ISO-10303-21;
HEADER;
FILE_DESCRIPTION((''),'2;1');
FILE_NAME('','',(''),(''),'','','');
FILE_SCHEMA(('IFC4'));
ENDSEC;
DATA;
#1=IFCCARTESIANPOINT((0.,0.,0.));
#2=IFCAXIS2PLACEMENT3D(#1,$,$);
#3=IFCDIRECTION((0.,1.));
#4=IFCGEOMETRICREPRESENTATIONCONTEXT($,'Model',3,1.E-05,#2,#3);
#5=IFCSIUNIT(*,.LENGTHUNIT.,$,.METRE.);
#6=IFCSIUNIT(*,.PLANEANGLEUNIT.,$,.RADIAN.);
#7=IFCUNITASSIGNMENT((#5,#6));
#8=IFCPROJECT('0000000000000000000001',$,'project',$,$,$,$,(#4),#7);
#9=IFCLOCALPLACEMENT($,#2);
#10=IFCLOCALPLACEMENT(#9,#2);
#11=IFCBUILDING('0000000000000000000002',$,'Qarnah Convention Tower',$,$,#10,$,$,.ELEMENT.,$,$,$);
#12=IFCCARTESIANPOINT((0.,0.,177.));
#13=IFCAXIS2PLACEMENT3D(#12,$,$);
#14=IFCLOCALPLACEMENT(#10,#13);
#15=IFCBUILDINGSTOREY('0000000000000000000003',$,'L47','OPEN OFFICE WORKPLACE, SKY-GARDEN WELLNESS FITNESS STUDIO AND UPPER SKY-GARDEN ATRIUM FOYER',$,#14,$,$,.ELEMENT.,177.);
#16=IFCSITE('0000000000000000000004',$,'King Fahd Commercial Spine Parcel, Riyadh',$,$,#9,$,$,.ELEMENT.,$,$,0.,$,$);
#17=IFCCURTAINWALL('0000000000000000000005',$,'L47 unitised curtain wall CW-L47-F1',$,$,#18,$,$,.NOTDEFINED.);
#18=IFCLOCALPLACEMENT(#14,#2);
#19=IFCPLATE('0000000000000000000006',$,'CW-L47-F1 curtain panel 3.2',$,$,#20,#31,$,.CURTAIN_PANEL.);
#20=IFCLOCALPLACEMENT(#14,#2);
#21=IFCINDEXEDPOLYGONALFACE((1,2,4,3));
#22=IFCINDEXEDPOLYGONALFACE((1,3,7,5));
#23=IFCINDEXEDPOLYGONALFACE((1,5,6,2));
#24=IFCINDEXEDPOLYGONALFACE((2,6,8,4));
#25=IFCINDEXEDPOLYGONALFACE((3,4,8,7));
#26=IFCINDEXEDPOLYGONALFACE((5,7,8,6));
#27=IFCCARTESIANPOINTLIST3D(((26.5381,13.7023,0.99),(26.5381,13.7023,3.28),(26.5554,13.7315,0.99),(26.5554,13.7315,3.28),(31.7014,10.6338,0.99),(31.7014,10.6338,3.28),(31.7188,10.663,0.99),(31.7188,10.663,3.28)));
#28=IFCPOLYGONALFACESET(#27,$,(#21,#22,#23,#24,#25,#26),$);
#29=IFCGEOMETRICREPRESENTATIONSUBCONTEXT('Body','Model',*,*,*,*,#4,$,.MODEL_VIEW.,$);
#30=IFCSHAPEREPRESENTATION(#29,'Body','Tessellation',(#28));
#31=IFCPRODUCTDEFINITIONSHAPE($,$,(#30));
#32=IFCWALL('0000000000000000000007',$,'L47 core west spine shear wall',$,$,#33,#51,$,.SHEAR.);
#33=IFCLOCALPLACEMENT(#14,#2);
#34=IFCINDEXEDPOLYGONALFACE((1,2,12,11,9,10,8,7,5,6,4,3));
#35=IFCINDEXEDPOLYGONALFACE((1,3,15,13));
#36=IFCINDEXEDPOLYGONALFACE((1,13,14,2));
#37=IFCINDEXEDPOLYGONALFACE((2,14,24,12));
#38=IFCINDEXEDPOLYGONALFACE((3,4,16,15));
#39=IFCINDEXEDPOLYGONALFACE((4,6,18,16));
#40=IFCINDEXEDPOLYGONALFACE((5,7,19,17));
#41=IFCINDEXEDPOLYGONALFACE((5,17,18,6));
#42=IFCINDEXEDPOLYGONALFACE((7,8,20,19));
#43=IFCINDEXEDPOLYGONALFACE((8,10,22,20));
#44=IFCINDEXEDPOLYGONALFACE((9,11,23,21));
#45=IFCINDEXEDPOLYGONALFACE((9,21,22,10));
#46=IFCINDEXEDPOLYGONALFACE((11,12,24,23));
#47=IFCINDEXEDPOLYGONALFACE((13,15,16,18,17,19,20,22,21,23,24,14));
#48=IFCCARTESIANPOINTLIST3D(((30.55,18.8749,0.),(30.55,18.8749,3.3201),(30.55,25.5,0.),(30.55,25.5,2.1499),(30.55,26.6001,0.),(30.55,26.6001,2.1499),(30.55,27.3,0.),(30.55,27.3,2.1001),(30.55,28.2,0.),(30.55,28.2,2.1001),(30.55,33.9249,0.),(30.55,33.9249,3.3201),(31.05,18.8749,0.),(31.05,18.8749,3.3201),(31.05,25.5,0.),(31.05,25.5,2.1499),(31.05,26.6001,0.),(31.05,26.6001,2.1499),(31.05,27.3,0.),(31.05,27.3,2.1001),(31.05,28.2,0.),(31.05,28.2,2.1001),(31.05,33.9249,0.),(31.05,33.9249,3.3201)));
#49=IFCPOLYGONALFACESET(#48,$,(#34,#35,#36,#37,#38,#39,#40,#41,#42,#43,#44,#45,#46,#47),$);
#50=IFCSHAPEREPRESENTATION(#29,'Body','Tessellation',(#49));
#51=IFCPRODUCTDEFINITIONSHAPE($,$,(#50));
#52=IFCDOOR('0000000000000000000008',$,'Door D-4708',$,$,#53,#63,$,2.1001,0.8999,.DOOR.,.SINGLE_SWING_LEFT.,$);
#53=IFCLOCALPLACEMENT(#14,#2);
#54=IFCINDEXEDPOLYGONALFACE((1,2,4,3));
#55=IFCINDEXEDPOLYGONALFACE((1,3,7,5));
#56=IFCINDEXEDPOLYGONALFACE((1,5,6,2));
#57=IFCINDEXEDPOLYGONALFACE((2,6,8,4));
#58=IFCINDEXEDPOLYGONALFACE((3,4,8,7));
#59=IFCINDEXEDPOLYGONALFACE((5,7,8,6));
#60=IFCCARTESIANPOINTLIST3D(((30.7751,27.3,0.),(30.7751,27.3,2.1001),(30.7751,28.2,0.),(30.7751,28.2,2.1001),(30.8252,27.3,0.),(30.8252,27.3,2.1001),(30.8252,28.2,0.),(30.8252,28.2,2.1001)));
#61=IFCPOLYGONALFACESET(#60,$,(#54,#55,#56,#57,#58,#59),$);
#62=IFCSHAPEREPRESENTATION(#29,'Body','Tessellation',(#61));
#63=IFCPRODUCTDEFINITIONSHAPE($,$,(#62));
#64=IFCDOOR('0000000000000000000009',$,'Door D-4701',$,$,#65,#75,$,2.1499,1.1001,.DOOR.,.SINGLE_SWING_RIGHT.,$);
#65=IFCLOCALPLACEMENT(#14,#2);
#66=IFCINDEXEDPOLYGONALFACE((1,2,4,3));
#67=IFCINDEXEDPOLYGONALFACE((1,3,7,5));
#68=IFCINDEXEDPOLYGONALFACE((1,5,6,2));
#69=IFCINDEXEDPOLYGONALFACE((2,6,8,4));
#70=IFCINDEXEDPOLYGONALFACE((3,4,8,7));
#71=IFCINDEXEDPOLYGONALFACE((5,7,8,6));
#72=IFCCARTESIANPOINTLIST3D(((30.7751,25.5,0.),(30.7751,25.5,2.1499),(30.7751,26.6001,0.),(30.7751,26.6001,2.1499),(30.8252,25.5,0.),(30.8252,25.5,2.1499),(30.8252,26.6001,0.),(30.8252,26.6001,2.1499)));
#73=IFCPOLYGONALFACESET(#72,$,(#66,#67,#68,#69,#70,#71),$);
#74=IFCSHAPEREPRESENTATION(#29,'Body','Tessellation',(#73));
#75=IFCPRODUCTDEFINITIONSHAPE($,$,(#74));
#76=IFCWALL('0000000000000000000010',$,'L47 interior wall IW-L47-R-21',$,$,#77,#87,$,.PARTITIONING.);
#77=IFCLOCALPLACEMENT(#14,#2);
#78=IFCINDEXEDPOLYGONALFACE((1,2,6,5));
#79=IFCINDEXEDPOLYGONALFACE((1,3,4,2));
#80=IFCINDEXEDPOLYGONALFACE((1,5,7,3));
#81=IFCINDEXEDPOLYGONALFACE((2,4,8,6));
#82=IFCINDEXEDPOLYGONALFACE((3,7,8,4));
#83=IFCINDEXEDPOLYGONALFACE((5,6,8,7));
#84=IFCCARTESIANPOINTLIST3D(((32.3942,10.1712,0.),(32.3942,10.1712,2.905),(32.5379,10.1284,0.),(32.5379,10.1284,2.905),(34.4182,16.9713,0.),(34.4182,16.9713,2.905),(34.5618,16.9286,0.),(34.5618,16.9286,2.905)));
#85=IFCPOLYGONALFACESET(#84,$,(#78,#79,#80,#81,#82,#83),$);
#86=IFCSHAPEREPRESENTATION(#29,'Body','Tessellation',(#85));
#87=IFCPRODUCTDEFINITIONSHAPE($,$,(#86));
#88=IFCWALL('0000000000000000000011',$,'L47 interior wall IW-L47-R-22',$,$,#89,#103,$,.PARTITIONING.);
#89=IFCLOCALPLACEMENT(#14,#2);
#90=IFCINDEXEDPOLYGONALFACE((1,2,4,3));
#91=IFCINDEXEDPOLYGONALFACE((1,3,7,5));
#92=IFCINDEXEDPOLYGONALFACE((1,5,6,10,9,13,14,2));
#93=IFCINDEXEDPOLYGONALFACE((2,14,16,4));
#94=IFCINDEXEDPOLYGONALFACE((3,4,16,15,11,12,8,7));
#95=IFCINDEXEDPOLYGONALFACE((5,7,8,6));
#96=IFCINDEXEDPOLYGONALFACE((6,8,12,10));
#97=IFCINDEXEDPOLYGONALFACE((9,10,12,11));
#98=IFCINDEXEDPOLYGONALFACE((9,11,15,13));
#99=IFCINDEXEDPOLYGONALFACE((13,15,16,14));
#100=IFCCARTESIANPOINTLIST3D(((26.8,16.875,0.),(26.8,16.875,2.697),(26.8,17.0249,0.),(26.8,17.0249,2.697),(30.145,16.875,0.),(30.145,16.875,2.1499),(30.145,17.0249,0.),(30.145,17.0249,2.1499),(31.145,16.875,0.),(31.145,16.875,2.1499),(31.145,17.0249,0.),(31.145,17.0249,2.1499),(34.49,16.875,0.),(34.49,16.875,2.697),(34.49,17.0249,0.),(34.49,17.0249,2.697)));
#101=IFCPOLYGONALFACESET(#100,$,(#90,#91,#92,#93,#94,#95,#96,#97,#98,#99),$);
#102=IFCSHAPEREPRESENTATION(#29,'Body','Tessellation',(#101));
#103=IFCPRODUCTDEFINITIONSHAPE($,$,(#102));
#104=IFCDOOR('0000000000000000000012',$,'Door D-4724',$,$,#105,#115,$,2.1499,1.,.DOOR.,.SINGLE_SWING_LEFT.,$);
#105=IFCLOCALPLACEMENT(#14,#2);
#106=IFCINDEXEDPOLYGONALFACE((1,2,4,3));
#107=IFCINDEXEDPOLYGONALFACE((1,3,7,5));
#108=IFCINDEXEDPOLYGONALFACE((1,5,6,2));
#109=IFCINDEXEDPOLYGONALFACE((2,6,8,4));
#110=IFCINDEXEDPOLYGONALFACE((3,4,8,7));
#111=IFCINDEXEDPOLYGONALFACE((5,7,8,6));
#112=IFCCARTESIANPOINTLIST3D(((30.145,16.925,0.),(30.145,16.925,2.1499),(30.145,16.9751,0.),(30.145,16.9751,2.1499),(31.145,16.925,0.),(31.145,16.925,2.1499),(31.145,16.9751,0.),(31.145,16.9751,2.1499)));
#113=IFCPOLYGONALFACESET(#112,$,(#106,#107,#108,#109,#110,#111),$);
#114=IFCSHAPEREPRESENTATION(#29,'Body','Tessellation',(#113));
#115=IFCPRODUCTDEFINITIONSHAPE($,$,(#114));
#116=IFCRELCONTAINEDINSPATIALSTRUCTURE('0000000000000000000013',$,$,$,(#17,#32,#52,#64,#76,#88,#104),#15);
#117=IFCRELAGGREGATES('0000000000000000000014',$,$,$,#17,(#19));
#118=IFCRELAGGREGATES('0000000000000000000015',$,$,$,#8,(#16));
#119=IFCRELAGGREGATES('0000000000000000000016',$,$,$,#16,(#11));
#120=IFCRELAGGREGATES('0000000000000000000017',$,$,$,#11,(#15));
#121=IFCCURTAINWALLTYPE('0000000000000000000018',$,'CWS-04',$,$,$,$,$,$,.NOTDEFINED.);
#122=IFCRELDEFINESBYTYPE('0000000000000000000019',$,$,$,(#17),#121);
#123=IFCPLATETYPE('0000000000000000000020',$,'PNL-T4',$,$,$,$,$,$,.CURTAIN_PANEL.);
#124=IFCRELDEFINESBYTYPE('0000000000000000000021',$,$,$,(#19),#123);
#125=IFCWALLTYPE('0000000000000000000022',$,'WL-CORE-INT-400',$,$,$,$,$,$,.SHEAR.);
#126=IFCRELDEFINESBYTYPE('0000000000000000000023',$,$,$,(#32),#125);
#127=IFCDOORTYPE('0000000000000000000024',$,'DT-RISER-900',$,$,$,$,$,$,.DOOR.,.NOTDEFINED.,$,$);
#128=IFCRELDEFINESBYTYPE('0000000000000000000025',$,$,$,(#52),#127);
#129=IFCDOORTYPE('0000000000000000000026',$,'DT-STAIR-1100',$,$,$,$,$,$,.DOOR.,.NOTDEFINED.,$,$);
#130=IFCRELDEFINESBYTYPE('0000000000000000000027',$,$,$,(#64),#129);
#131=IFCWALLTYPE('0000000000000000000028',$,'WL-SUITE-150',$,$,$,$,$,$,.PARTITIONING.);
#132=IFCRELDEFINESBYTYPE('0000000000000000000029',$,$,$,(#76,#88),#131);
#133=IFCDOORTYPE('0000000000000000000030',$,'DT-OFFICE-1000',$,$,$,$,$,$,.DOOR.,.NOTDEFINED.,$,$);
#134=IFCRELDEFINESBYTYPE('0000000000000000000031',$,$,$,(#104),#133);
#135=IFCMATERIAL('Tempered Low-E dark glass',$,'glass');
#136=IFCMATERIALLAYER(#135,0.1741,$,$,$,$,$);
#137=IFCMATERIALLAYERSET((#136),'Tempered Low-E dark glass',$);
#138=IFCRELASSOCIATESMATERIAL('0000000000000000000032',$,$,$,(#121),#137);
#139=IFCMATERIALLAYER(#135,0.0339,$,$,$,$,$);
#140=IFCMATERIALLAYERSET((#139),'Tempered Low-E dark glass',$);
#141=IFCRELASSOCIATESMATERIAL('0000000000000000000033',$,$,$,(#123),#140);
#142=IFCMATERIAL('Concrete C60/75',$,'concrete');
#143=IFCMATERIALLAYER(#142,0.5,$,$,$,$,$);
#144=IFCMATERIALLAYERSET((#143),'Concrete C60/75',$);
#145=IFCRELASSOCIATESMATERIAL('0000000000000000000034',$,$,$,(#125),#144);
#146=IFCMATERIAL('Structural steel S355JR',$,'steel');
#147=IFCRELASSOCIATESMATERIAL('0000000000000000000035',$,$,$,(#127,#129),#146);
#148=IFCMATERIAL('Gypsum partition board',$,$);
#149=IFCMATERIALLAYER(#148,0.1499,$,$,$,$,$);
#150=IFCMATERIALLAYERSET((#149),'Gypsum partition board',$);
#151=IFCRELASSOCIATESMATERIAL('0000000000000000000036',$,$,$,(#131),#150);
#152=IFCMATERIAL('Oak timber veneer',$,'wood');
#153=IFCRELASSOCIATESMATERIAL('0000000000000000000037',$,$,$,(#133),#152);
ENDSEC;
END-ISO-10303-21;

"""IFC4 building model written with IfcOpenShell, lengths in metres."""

from ifc_helpers import new_model, si_unit, direction, frame, frame_2d, origin, origin_2d, place, context, subcontext, project, spatial, rectangle, extrude, material, layer, layer_set, type_object, element, fill, aggregate, save


model = new_model("IFC4")

# Units and contexts
model_context = context("Model", 3, precision=1e-05, world=origin(), true_north=direction((0.0, 1.0)))
body_context = subcontext(model_context, "Body", "Model", "MODEL_VIEW")
ifc_project = project(units=[si_unit("LENGTHUNIT", "METRE"), si_unit("PLANEANGLEUNIT", "RADIAN")], contexts=[model_context])

# Site, building, storey
site_placement = place(None, origin())
site = spatial("IfcSite", under=ifc_project, at=site_placement, Name="King Fahd Commercial Spine Parcel, Riyadh", CompositionType="ELEMENT", RefElevation=0.0)
building_placement = place(site_placement, origin())
building = spatial("IfcBuilding", under=site, at=building_placement, Name="Qarnah Convention Tower", CompositionType="ELEMENT")
storey_placement = place(building_placement, frame((0.0, 0.0, 177.0)))
storey = spatial("IfcBuildingStorey", under=building, at=storey_placement, Name="L47", Description="OPEN OFFICE WORKPLACE, SKY-GARDEN WELLNESS FITNESS STUDIO AND UPPER SKY-GARDEN ATRIUM FOYER", CompositionType="ELEMENT", Elevation=177.0)

# Shared definitions
ifc_material_1 = material(Name="Structural steel S355JR", Category="steel")

# Curtain wall, plate
ifc_material_2 = material(Name="Tempered Low-E dark glass", Category="glass")
ifc_layer_1 = layer(ifc_material_2, 0.1741)
ifc_layer_set_1 = layer_set([ifc_layer_1], Name="Tempered Low-E dark glass")
curtain_wall_type = type_object("IfcCurtainWallType", Name="CWS-04", PredefinedType="NOTDEFINED", material=ifc_layer_set_1)
curtain_wall_placement = place(storey_placement, origin())
curtain_wall = element("IfcCurtainWall", 1, at=curtain_wall_placement, inside=storey, type_object=curtain_wall_type, Name="L47 unitised curtain wall CW-L47-F1", PredefinedType="NOTDEFINED")
ifc_layer_2 = layer(ifc_material_2, 0.0339)
ifc_layer_set_2 = layer_set([ifc_layer_2], Name="Tempered Low-E dark glass")
plate_type = type_object("IfcPlateType", Name="PNL-T4", PredefinedType="CURTAIN_PANEL", material=ifc_layer_set_2)
plate_1_placement = place(storey_placement, frame((29.1284, 12.1826, 0.99), z_axis=(0.0, 0.0, 1.0), x_axis=(-0.859654, 0.510877, 0.0)))
plate_1 = element("IfcPlate", 2, at=plate_1_placement, type_object=plate_type, Name="CW-L47-F1 curtain panel 3.2", PredefinedType="CURTAIN_PANEL", context=body_context, shape_type="SweptSolid", body=[
    extrude(rectangle(XDim=6.0063, YDim=0.0339, at=origin_2d()), origin(), (0.0, 0.0, 1.0), 2.29),
])
aggregate(curtain_wall, [plate_1])

# Wall, openings, doors
ifc_material_3 = material(Name="Concrete C60/75", Category="concrete")
ifc_layer_3 = layer(ifc_material_3, 0.5)
ifc_layer_set_3 = layer_set([ifc_layer_3], Name="Concrete C60/75")
wall_type_1 = type_object("IfcWallType", Name="WL-CORE-INT-400", PredefinedType="SHEAR", material=ifc_layer_set_3)
wall_1_placement = place(storey_placement, frame((30.8, 18.875, 0.0), z_axis=(0.0, 0.0, 1.0), x_axis=(0.0, 1.0, 0.0)))
wall_1 = element("IfcWall", 3, at=wall_1_placement, inside=storey, type_object=wall_type_1, Name="L47 core west spine shear wall", PredefinedType="SHEAR", context=body_context, shape_type="SweptSolid", body=[
    extrude(rectangle(XDim=15.05, YDim=0.5, at=frame_2d((7.5249, 0.0))), origin(), (0.0, 0.0, 1.0), 3.3201),
])
opening_1_placement = place(wall_1_placement, frame((6.625, 0.0, 0.0)))
opening_1 = element("IfcOpeningElement", 4, at=opening_1_placement, cuts=wall_1, PredefinedType="OPENING", context=body_context, shape_type="SweptSolid", body=[
    extrude(rectangle(XDim=1.1001, YDim=2.1499, at=frame_2d((0.55, 1.075))), frame((0.0, 0.26, 0.0), z_axis=(0.0, -1.0, 0.0), x_axis=(1.0, 0.0, 0.0)), (0.0, 0.0, 1.0), 0.52),
])
opening_2_placement = place(wall_1_placement, frame((8.425, 0.0, 0.0)))
opening_2 = element("IfcOpeningElement", 5, at=opening_2_placement, cuts=wall_1, PredefinedType="OPENING", context=body_context, shape_type="SweptSolid", body=[
    extrude(rectangle(XDim=0.8999, YDim=2.1001, at=frame_2d((0.45, 1.05))), frame((0.0, 0.26, 0.0), z_axis=(0.0, -1.0, 0.0), x_axis=(1.0, 0.0, 0.0)), (0.0, 0.0, 1.0), 0.52),
])
door_type_1 = type_object("IfcDoorType", Name="DT-RISER-900", OperationType="NOTDEFINED", PredefinedType="DOOR", material=ifc_material_1)
door_1_placement = place(opening_2_placement, origin())
door_1 = element("IfcDoor", 6, at=door_1_placement, inside=storey, type_object=door_type_1, Name="Door D-4708", OperationType="SINGLE_SWING_LEFT", OverallHeight=2.1001, OverallWidth=0.8999, PredefinedType="DOOR", context=body_context, shape_type="SweptSolid", body=[
    extrude(rectangle(XDim=0.8999, YDim=2.1001, at=frame_2d((0.45, 1.05))), frame((0.0, 0.0249, 0.0), z_axis=(0.0, -1.0, 0.0), x_axis=(1.0, 0.0, 0.0)), (0.0, 0.0, 1.0), 0.05),
])
fill(opening_2, door_1)
door_type_2 = type_object("IfcDoorType", Name="DT-STAIR-1100", OperationType="NOTDEFINED", PredefinedType="DOOR", material=ifc_material_1)
door_2_placement = place(opening_1_placement, origin())
door_2 = element("IfcDoor", 7, at=door_2_placement, inside=storey, type_object=door_type_2, Name="Door D-4701", OperationType="SINGLE_SWING_RIGHT", OverallHeight=2.1499, OverallWidth=1.1001, PredefinedType="DOOR", context=body_context, shape_type="SweptSolid", body=[
    extrude(rectangle(XDim=1.1001, YDim=2.1499, at=frame_2d((0.55, 1.075))), frame((0.0, 0.0249, 0.0), z_axis=(0.0, -1.0, 0.0), x_axis=(1.0, 0.0, 0.0)), (0.0, 0.0, 1.0), 0.05),
])
fill(opening_1, door_2)

# Wall
ifc_material_4 = material(Name="Gypsum partition board")
ifc_layer_4 = layer(ifc_material_4, 0.1499)
ifc_layer_set_4 = layer_set([ifc_layer_4], Name="Gypsum partition board")
wall_type_2 = type_object("IfcWallType", Name="WL-SUITE-150", PredefinedType="PARTITIONING", material=ifc_layer_set_4)
wall_2_placement = place(storey_placement, frame((32.4661, 10.1499, 0.0), z_axis=(0.0, 0.0, 1.0), x_axis=(0.285267, 0.958448, 0.0)))
element("IfcWall", 8, at=wall_2_placement, inside=storey, type_object=wall_type_2, Name="L47 interior wall IW-L47-R-21", PredefinedType="PARTITIONING", context=body_context, shape_type="SweptSolid", body=[
    extrude(rectangle(XDim=7.095, YDim=0.1499, at=frame_2d((3.5474, 0.0))), origin(), (0.0, 0.0, 1.0), 2.905),
])

# Wall, opening, door
wall_3_placement = place(storey_placement, frame((34.49, 16.95, 0.0), z_axis=(0.0, 0.0, 1.0), x_axis=(-1.0, 0.0, 0.0)))
wall_3 = element("IfcWall", 9, at=wall_3_placement, inside=storey, type_object=wall_type_2, Name="L47 interior wall IW-L47-R-22", PredefinedType="PARTITIONING", context=body_context, shape_type="SweptSolid", body=[
    extrude(rectangle(XDim=7.6899, YDim=0.1499, at=frame_2d((3.845, 0.0))), origin(), (0.0, 0.0, 1.0), 2.697),
])
opening_3_placement = place(wall_3_placement, frame((3.345, 0.0, 0.0)))
opening_3 = element("IfcOpeningElement", 10, at=opening_3_placement, cuts=wall_3, PredefinedType="OPENING", context=body_context, shape_type="SweptSolid", body=[
    extrude(rectangle(XDim=1.0, YDim=2.1499, at=frame_2d((0.5, 1.075))), frame((0.0, 0.085, 0.0), z_axis=(0.0, -1.0, 0.0), x_axis=(1.0, 0.0, 0.0)), (0.0, 0.0, 1.0), 0.1699),
])
ifc_material_5 = material(Name="Oak timber veneer", Category="wood")
door_type_3 = type_object("IfcDoorType", Name="DT-OFFICE-1000", OperationType="NOTDEFINED", PredefinedType="DOOR", material=ifc_material_5)
door_3_placement = place(opening_3_placement, origin())
door_3 = element("IfcDoor", 11, at=door_3_placement, inside=storey, type_object=door_type_3, Name="Door D-4724", OperationType="SINGLE_SWING_LEFT", OverallHeight=2.1499, OverallWidth=1.0, PredefinedType="DOOR", context=body_context, shape_type="SweptSolid", body=[
    extrude(rectangle(XDim=1.0, YDim=2.1499, at=frame_2d((0.5, 1.075))), frame((0.0, 0.0249, 0.0), z_axis=(0.0, -1.0, 0.0), x_axis=(1.0, 0.0, 0.0)), (0.0, 0.0, 1.0), 0.05),
])
fill(opening_3, door_3)

save(model, "model.ifc")
